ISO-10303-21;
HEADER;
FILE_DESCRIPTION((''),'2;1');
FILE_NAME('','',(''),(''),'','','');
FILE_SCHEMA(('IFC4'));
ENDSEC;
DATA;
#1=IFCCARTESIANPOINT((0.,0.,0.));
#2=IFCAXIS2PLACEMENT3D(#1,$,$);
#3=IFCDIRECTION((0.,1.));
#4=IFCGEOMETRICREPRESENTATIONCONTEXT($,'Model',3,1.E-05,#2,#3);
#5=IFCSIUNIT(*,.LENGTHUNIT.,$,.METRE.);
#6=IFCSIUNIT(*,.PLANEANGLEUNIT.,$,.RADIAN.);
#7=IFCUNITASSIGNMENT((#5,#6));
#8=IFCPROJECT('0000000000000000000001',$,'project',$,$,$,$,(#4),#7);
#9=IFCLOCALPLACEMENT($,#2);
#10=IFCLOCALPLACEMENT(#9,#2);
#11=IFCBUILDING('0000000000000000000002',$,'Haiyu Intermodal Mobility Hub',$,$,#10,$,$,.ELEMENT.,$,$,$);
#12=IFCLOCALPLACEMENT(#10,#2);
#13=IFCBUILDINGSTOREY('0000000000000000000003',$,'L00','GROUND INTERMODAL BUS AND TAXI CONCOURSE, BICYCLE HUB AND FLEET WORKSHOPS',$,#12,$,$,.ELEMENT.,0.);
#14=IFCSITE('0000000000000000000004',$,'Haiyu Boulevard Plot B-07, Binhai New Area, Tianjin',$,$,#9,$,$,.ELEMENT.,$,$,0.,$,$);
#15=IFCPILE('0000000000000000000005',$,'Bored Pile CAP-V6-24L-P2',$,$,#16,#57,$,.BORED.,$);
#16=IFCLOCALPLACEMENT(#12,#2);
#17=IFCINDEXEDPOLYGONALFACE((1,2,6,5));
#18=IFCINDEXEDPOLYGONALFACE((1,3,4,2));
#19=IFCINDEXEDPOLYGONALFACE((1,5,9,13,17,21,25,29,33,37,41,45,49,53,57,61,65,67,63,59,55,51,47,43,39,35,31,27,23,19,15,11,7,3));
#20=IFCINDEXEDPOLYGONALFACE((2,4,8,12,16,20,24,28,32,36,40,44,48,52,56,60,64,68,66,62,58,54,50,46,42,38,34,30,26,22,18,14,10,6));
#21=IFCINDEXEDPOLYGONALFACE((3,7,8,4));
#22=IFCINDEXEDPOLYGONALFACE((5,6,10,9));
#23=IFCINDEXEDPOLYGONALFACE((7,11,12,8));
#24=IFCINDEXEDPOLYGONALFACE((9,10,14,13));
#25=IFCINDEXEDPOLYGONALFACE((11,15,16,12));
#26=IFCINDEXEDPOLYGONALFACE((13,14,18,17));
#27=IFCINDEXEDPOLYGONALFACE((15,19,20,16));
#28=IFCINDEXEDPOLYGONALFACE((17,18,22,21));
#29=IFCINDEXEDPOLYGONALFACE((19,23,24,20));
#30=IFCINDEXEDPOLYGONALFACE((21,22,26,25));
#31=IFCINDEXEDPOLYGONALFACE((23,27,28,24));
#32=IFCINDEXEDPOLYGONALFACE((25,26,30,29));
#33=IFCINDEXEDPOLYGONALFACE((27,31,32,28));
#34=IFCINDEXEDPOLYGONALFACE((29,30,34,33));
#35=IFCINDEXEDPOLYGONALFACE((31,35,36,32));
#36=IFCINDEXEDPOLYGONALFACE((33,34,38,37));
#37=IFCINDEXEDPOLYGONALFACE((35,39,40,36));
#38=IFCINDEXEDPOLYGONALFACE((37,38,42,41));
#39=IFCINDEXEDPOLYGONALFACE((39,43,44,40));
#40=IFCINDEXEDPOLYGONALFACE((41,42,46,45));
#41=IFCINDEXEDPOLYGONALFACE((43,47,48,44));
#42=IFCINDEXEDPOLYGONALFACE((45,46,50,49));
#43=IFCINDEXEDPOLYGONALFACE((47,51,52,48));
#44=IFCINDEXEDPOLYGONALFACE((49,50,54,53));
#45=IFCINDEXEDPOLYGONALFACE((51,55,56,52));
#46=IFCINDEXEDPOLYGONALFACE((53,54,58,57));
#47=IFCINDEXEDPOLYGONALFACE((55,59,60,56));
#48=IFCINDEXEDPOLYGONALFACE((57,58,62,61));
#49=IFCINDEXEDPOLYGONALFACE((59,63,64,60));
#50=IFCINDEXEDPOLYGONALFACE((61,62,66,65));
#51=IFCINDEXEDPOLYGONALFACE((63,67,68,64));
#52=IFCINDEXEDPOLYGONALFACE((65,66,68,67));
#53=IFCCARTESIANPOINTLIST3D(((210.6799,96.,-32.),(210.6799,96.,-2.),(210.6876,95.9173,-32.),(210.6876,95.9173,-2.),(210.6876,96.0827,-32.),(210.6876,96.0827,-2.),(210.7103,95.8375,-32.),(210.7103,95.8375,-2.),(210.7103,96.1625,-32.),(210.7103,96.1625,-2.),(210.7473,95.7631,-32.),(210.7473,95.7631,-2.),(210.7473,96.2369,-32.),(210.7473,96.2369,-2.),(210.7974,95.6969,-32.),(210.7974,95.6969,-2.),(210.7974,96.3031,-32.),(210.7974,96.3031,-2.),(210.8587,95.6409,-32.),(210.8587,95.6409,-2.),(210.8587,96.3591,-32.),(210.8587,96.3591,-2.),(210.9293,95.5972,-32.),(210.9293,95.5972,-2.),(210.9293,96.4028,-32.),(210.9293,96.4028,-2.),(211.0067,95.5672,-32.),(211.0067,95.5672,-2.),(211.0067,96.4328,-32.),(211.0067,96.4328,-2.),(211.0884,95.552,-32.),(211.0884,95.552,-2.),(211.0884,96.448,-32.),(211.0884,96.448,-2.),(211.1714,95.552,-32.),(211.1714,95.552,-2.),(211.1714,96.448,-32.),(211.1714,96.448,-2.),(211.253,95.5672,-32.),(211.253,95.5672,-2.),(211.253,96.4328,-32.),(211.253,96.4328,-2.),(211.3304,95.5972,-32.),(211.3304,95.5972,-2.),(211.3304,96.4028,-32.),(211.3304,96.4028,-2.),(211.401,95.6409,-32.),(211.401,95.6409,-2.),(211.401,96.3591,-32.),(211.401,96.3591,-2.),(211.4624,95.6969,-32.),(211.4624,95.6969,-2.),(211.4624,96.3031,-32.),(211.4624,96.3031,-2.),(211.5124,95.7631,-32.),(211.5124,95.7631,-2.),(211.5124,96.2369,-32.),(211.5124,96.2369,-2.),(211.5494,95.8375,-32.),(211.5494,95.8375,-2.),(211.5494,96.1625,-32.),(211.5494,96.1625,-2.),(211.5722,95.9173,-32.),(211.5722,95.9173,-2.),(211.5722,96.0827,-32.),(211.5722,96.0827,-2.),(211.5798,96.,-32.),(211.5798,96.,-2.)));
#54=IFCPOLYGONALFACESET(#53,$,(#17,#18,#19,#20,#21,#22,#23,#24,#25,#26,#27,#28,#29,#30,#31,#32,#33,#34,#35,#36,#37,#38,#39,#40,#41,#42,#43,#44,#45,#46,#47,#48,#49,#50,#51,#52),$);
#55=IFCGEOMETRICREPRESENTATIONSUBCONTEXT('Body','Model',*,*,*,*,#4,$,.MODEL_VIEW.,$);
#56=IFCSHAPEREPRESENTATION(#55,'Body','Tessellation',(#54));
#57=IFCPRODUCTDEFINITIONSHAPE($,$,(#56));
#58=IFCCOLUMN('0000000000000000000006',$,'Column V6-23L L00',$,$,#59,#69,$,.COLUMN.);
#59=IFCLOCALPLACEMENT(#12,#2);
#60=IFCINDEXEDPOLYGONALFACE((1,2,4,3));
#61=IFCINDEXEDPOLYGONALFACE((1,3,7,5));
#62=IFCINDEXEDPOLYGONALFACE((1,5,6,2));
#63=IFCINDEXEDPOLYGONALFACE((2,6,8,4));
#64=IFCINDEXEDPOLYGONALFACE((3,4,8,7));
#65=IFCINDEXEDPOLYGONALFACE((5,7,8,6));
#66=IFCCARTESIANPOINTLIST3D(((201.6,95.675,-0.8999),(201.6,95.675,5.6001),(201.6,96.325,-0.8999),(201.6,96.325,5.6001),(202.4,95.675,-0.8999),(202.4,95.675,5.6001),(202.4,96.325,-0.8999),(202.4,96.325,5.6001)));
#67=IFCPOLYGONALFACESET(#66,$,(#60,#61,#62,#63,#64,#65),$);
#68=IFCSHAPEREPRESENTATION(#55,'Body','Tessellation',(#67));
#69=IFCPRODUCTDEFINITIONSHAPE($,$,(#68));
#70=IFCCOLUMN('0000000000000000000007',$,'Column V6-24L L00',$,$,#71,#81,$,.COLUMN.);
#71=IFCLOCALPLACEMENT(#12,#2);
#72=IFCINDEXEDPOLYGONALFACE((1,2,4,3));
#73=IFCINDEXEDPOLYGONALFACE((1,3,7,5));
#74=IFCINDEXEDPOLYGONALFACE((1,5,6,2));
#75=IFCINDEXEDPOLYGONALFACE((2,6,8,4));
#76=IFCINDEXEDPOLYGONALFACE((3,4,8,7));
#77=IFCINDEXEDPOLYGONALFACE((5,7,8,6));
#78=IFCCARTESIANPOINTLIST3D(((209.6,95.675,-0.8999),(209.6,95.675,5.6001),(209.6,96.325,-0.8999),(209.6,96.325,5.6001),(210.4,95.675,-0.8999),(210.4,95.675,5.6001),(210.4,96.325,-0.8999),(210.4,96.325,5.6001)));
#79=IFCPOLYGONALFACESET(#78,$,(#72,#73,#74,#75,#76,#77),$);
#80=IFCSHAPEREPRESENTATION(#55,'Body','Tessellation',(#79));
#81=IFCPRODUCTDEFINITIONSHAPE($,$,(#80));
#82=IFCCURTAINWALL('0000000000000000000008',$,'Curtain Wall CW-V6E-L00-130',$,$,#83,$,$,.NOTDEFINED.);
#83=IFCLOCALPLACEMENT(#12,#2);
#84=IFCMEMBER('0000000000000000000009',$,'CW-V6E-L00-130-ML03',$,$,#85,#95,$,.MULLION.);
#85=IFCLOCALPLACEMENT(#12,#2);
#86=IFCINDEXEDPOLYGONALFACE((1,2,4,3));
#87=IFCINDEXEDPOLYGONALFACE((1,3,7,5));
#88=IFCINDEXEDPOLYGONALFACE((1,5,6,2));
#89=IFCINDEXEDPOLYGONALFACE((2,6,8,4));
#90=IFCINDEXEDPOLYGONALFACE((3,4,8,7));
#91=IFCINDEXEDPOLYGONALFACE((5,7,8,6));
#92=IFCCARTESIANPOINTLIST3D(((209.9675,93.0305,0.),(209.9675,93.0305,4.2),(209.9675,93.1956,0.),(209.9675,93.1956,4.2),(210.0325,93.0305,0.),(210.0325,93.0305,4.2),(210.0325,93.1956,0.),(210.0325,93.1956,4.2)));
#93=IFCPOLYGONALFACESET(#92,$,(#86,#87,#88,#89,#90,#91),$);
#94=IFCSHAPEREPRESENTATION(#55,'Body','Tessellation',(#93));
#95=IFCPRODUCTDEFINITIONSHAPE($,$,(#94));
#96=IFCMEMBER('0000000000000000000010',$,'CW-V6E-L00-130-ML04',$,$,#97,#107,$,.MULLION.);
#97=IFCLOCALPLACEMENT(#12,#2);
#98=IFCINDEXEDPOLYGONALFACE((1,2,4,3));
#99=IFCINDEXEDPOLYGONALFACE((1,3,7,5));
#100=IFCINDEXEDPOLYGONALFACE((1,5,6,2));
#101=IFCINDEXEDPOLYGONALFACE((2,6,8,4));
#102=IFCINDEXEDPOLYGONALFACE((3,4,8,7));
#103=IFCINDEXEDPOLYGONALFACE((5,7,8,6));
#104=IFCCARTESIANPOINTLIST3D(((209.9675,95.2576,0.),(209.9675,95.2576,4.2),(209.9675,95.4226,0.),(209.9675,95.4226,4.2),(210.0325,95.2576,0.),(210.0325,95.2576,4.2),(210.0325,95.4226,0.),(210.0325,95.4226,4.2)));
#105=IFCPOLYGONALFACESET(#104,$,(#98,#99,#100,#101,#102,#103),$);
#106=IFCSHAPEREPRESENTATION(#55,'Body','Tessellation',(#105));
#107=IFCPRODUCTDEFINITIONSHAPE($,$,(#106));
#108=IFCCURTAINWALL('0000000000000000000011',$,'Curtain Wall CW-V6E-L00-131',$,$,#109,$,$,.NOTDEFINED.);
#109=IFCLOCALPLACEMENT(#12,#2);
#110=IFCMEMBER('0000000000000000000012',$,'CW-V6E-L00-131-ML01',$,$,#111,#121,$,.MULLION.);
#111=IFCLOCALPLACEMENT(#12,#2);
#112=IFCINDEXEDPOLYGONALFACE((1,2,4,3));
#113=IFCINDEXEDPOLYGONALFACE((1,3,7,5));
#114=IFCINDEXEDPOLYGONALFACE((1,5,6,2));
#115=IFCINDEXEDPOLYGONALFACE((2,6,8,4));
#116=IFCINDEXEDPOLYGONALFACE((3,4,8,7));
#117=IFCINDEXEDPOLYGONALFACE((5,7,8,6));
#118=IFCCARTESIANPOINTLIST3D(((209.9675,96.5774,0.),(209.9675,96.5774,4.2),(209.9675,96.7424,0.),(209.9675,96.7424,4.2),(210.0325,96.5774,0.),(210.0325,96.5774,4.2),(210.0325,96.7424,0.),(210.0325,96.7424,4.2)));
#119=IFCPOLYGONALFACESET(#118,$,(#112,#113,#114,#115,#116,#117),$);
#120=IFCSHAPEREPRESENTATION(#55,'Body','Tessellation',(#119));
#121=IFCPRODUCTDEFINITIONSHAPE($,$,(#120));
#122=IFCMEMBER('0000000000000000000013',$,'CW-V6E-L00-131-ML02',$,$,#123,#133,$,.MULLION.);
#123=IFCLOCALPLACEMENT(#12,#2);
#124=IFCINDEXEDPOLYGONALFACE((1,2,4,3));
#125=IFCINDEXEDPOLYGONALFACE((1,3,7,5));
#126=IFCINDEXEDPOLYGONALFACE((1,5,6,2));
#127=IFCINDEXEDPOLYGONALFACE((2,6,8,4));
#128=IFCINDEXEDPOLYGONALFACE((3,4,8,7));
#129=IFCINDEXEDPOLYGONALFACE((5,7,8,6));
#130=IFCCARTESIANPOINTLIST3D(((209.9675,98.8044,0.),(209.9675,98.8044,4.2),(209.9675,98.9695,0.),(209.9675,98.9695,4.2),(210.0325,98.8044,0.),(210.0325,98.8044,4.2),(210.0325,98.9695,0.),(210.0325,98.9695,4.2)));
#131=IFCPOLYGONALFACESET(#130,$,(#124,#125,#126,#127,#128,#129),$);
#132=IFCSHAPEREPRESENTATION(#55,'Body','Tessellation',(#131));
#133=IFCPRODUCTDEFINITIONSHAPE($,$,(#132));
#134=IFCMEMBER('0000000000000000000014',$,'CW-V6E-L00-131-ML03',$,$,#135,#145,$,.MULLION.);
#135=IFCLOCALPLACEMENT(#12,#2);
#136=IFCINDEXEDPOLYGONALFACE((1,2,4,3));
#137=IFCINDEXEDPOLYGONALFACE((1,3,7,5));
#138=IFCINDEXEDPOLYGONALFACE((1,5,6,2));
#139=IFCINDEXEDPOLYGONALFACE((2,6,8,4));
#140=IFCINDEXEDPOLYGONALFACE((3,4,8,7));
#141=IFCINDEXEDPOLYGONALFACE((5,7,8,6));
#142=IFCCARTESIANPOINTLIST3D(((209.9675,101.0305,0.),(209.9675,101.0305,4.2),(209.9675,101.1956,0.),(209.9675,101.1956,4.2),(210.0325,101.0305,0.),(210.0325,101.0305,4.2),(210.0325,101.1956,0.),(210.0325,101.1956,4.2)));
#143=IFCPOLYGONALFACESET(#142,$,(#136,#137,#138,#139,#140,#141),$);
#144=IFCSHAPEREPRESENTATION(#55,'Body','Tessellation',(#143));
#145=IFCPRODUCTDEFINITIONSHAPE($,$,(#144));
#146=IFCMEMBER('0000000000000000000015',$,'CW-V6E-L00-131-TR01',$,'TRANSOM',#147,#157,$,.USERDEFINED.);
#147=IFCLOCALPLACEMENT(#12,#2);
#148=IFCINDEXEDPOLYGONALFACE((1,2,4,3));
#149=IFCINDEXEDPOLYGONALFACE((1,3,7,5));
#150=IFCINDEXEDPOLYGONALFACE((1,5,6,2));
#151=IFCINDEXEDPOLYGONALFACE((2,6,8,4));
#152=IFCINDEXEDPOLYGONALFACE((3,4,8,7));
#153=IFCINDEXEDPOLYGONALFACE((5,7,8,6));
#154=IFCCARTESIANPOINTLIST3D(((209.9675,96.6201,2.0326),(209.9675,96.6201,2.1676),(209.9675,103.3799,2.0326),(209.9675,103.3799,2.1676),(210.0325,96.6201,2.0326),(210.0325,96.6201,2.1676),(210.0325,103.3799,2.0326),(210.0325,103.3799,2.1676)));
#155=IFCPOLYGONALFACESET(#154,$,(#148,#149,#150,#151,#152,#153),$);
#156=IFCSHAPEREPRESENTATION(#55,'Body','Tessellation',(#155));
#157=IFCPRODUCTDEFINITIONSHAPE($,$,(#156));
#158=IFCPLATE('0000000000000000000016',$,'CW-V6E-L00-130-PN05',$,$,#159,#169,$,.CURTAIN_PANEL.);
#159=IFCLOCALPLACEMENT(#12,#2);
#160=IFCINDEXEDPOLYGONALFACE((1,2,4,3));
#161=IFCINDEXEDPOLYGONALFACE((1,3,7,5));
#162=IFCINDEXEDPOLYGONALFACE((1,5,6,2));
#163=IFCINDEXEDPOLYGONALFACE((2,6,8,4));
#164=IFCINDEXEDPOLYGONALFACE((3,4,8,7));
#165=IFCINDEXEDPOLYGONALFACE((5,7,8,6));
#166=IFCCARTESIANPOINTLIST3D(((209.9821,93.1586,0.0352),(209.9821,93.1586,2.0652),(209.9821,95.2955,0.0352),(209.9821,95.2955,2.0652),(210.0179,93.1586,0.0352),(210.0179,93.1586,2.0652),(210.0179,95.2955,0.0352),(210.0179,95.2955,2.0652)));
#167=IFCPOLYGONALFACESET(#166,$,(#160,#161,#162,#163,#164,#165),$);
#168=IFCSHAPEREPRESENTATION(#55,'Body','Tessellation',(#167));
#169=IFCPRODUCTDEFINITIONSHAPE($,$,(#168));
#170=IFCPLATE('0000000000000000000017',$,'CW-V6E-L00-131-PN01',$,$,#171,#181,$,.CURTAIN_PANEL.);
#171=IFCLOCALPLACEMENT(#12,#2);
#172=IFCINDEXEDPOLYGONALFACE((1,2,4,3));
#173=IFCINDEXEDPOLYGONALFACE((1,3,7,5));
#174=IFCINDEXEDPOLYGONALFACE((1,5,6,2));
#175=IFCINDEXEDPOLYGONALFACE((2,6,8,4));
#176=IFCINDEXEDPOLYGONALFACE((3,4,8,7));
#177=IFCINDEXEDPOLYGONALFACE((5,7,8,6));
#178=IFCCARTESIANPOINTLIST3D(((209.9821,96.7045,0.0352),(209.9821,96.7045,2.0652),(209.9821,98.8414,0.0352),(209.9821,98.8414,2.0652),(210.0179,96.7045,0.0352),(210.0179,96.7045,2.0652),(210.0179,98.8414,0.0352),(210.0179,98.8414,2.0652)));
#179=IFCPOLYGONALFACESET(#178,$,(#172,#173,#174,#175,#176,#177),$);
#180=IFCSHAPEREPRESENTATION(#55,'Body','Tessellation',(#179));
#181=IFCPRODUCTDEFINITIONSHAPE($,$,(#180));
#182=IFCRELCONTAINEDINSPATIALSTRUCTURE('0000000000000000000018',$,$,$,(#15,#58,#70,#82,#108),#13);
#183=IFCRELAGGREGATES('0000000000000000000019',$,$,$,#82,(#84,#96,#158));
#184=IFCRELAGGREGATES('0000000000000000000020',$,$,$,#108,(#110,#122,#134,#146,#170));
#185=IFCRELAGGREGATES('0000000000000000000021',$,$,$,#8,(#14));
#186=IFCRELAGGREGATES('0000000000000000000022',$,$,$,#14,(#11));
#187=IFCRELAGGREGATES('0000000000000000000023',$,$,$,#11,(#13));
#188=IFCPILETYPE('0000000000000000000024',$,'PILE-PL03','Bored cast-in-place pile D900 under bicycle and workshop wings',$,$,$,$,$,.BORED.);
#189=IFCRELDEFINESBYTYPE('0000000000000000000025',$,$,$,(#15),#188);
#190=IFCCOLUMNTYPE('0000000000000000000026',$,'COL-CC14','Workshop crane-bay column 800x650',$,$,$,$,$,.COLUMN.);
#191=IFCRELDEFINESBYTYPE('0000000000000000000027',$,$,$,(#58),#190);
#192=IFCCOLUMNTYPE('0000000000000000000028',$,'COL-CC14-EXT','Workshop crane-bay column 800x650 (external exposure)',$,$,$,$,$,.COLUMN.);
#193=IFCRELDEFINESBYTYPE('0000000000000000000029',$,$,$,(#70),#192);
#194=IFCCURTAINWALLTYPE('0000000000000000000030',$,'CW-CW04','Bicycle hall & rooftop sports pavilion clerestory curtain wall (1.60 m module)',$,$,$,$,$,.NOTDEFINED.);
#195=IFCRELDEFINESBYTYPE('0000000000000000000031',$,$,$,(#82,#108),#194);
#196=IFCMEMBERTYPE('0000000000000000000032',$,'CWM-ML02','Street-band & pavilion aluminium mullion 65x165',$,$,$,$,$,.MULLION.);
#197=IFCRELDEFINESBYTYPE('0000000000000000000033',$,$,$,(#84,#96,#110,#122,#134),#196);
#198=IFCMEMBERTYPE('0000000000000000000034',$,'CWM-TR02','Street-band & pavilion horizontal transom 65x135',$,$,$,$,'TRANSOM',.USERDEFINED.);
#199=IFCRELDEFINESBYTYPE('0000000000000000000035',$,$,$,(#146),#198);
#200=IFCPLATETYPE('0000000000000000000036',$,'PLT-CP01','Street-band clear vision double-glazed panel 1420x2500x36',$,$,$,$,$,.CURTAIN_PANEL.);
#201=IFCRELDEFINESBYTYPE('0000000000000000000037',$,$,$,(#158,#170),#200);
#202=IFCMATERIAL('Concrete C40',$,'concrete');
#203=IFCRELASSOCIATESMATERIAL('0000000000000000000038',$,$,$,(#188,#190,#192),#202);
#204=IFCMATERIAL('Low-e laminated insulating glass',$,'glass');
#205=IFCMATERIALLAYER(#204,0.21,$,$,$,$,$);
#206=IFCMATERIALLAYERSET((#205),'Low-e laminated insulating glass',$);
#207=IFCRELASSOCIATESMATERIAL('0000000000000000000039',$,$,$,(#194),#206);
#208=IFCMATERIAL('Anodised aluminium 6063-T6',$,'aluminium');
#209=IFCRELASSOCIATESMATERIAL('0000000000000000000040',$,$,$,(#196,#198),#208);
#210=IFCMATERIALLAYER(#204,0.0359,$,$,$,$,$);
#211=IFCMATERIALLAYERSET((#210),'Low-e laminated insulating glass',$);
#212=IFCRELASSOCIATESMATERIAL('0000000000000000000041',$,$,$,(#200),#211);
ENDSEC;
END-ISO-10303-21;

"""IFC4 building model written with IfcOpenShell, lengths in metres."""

from ifc_helpers import new_model, si_unit, direction, frame, origin, origin_2d, place, context, subcontext, project, spatial, rectangle, circle, extrude, material, layer, layer_set, material_profile, profile_set, type_object, element, aggregate, save


model = new_model("IFC4")

# Units and contexts
model_context = context("Model", 3, precision=1e-05, world=origin(), true_north=direction((0.0, 1.0)))
body_context = subcontext(model_context, "Body", "Model", "MODEL_VIEW")
ifc_project = project(units=[si_unit("LENGTHUNIT", "METRE"), si_unit("PLANEANGLEUNIT", "RADIAN")], contexts=[model_context])

# Site, building, storey
site_placement = place(None, origin())
site = spatial("IfcSite", under=ifc_project, at=site_placement, Name="Haiyu Boulevard Plot B-07, Binhai New Area, Tianjin", CompositionType="ELEMENT", RefElevation=0.0)
building_placement = place(site_placement, origin())
building = spatial("IfcBuilding", under=site, at=building_placement, Name="Haiyu Intermodal Mobility Hub", CompositionType="ELEMENT")
storey_placement = place(building_placement, origin())
storey = spatial("IfcBuildingStorey", under=building, at=storey_placement, Name="L00", Description="GROUND INTERMODAL BUS AND TAXI CONCOURSE, BICYCLE HUB AND FLEET WORKSHOPS", CompositionType="ELEMENT", Elevation=0.0)

# Shared definitions
ifc_material_1 = material(Name="Concrete C40", Category="concrete")

# Pile
ifc_material_profile_1 = material_profile(ifc_material_1, circle(Radius=0.45, at=origin_2d()), Name="PILE-D900")
ifc_profile_set_1 = profile_set([ifc_material_profile_1], Name="Concrete C40")
pile_type = type_object("IfcPileType", Name="PILE-PL03", Description="Bored cast-in-place pile D900 under bicycle and workshop wings", PredefinedType="BORED", material=ifc_profile_set_1)
for number, where, z_axis, x_axis, name in (
    (1, (211.1299, 96.0, -2.0), (0.0, 0.0, -1.0), (1.0, 0.0, 0.0), "Bored Pile CAP-V6-24L-P2"),
):
    element("IfcPile", number, at=place(storey_placement, frame(where, z_axis=z_axis, x_axis=x_axis)), inside=storey, type_object=pile_type, Name=name, PredefinedType="BORED", context=body_context, shape_type="SweptSolid", body=[
        extrude(circle(Radius=0.45, at=origin_2d()), origin(), (0.0, 0.0, 1.0), 30.0),
    ])

# Columns
ifc_material_profile_2 = material_profile(ifc_material_1, rectangle(XDim=0.8, YDim=0.6499, at=origin_2d()), Name="C800x650")
ifc_profile_set_2 = profile_set([ifc_material_profile_2], Name="Concrete C40")
column_type_1 = type_object("IfcColumnType", Name="COL-CC14", Description="Workshop crane-bay column 800x650", PredefinedType="COLUMN", material=ifc_profile_set_2)
column_1_placement = place(storey_placement, frame((202.0, 96.0, -0.8999), z_axis=(0.0, 0.0, 1.0), x_axis=(1.0, 0.0, 0.0)))
element("IfcColumn", 2, at=column_1_placement, inside=storey, type_object=column_type_1, Name="Column V6-23L L00", PredefinedType="COLUMN", context=body_context, shape_type="SweptSolid", body=[
    extrude(rectangle(XDim=0.8, YDim=0.6499, at=origin_2d()), origin(), (0.0, 0.0, 1.0), 6.5),
])
ifc_material_profile_3 = material_profile(ifc_material_1, rectangle(XDim=0.8, YDim=0.6499, at=origin_2d()), Name="C800x650")
ifc_profile_set_3 = profile_set([ifc_material_profile_3], Name="Concrete C40")
column_type_2 = type_object("IfcColumnType", Name="COL-CC14-EXT", Description="Workshop crane-bay column 800x650 (external exposure)", PredefinedType="COLUMN", material=ifc_profile_set_3)
column_2_placement = place(storey_placement, frame((210.0, 96.0, -0.8999), z_axis=(0.0, 0.0, 1.0), x_axis=(1.0, 0.0, 0.0)))
element("IfcColumn", 3, at=column_2_placement, inside=storey, type_object=column_type_2, Name="Column V6-24L L00", PredefinedType="COLUMN", context=body_context, shape_type="SweptSolid", body=[
    extrude(rectangle(XDim=0.8, YDim=0.6499, at=origin_2d()), origin(), (0.0, 0.0, 1.0), 6.5),
])

# Curtain walls, members
ifc_material_2 = material(Name="Low-e laminated insulating glass", Category="glass")
ifc_layer_1 = layer(ifc_material_2, 0.21)
ifc_layer_set_1 = layer_set([ifc_layer_1], Name="Low-e laminated insulating glass")
curtain_wall_type = type_object("IfcCurtainWallType", Name="CW-CW04", Description="Bicycle hall & rooftop sports pavilion clerestory curtain wall (1.60 m module)", PredefinedType="NOTDEFINED", material=ifc_layer_set_1)
curtain_wall_1_placement = place(storey_placement, origin())
curtain_wall_1 = element("IfcCurtainWall", 4, at=curtain_wall_1_placement, inside=storey, type_object=curtain_wall_type, Name="Curtain Wall CW-V6E-L00-130", PredefinedType="NOTDEFINED")
ifc_material_3 = material(Name="Anodised aluminium 6063-T6", Category="aluminium")
ifc_material_profile_4 = material_profile(ifc_material_3, rectangle(XDim=0.0649, YDim=0.165, at=origin_2d()), Name="ALU65x165")
ifc_profile_set_4 = profile_set([ifc_material_profile_4], Name="Anodised aluminium 6063-T6")
member_type_1 = type_object("IfcMemberType", Name="CWM-ML02", Description="Street-band & pavilion aluminium mullion 65x165", PredefinedType="MULLION", material=ifc_profile_set_4)
member_1_placement = place(storey_placement, frame((210.0, 93.113, 0.0), z_axis=(0.0, 0.0, 1.0), x_axis=(1.0, 0.0, 0.0)))
member_1 = element("IfcMember", 5, at=member_1_placement, type_object=member_type_1, Name="CW-V6E-L00-130-ML03", PredefinedType="MULLION", context=body_context, shape_type="SweptSolid", body=[
    extrude(rectangle(XDim=0.0649, YDim=0.165, at=origin_2d()), origin(), (0.0, 0.0, 1.0), 4.2),
])
member_2_placement = place(storey_placement, frame((210.0, 95.3401, 0.0), z_axis=(0.0, 0.0, 1.0), x_axis=(1.0, 0.0, 0.0)))
member_2 = element("IfcMember", 6, at=member_2_placement, type_object=member_type_1, Name="CW-V6E-L00-130-ML04", PredefinedType="MULLION", context=body_context, shape_type="SweptSolid", body=[
    extrude(rectangle(XDim=0.0649, YDim=0.165, at=origin_2d()), origin(), (0.0, 0.0, 1.0), 4.2),
])
curtain_wall_2_placement = place(storey_placement, origin())
curtain_wall_2 = element("IfcCurtainWall", 7, at=curtain_wall_2_placement, inside=storey, type_object=curtain_wall_type, Name="Curtain Wall CW-V6E-L00-131", PredefinedType="NOTDEFINED")
member_3_placement = place(storey_placement, frame((210.0, 96.6599, 0.0), z_axis=(0.0, 0.0, 1.0), x_axis=(1.0, 0.0, 0.0)))
member_3 = element("IfcMember", 8, at=member_3_placement, type_object=member_type_1, Name="CW-V6E-L00-131-ML01", PredefinedType="MULLION", context=body_context, shape_type="SweptSolid", body=[
    extrude(rectangle(XDim=0.0649, YDim=0.165, at=origin_2d()), origin(), (0.0, 0.0, 1.0), 4.2),
])
member_4_placement = place(storey_placement, frame((210.0, 98.887, 0.0), z_axis=(0.0, 0.0, 1.0), x_axis=(1.0, 0.0, 0.0)))
member_4 = element("IfcMember", 9, at=member_4_placement, type_object=member_type_1, Name="CW-V6E-L00-131-ML02", PredefinedType="MULLION", context=body_context, shape_type="SweptSolid", body=[
    extrude(rectangle(XDim=0.0649, YDim=0.165, at=origin_2d()), origin(), (0.0, 0.0, 1.0), 4.2),
])
member_5_placement = place(storey_placement, frame((210.0, 101.113, 0.0), z_axis=(0.0, 0.0, 1.0), x_axis=(1.0, 0.0, 0.0)))
member_5 = element("IfcMember", 10, at=member_5_placement, type_object=member_type_1, Name="CW-V6E-L00-131-ML03", PredefinedType="MULLION", context=body_context, shape_type="SweptSolid", body=[
    extrude(rectangle(XDim=0.0649, YDim=0.165, at=origin_2d()), origin(), (0.0, 0.0, 1.0), 4.2),
])
ifc_material_profile_5 = material_profile(ifc_material_3, rectangle(XDim=0.0649, YDim=0.135, at=origin_2d()), Name="ALU65x135")
ifc_profile_set_5 = profile_set([ifc_material_profile_5], Name="Anodised aluminium 6063-T6")
member_type_2 = type_object("IfcMemberType", Name="CWM-TR02", Description="Street-band & pavilion horizontal transom 65x135", ElementType="TRANSOM", PredefinedType="USERDEFINED", material=ifc_profile_set_5)
member_6_placement = place(storey_placement, frame((210.0, 96.6201, 2.1001), z_axis=(0.0, 1.0, 0.0), x_axis=(-1.0, 0.0, 0.0)))
member_6 = element("IfcMember", 11, at=member_6_placement, type_object=member_type_2, Name="CW-V6E-L00-131-TR01", ObjectType="TRANSOM", PredefinedType="USERDEFINED", context=body_context, shape_type="SweptSolid", body=[
    extrude(rectangle(XDim=0.0649, YDim=0.135, at=origin_2d()), origin(), (0.0, 0.0, 1.0), 6.7598),
])

# Plates
ifc_layer_2 = layer(ifc_material_2, 0.0359)
ifc_layer_set_2 = layer_set([ifc_layer_2], Name="Low-e laminated insulating glass")
plate_type_1 = type_object("IfcPlateType", Name="PLT-CP01", Description="Street-band clear vision double-glazed panel 1420x2500x36", PredefinedType="CURTAIN_PANEL", material=ifc_layer_set_2)
plate_1_placement = place(storey_placement, frame((210.0, 94.2271, 0.0352), z_axis=(0.0, 0.0, 1.0), x_axis=(0.0, 1.0, 0.0)))
plate_1 = element("IfcPlate", 12, at=plate_1_placement, type_object=plate_type_1, Name="CW-V6E-L00-130-PN05", PredefinedType="CURTAIN_PANEL", context=body_context, shape_type="SweptSolid", body=[
    extrude(rectangle(XDim=2.137, YDim=0.0359, at=origin_2d()), origin(), (0.0, 0.0, 1.0), 2.03),
])
plate_2_placement = place(storey_placement, frame((210.0, 97.7729, 0.0352), z_axis=(0.0, 0.0, 1.0), x_axis=(0.0, 1.0, 0.0)))
plate_2 = element("IfcPlate", 13, at=plate_2_placement, type_object=plate_type_1, Name="CW-V6E-L00-131-PN01", PredefinedType="CURTAIN_PANEL", context=body_context, shape_type="SweptSolid", body=[
    extrude(rectangle(XDim=2.137, YDim=0.0359, at=origin_2d()), origin(), (0.0, 0.0, 1.0), 2.03),
])
aggregate(curtain_wall_1, [member_1, member_2, plate_1])
aggregate(curtain_wall_2, [member_3, member_4, member_5, member_6, plate_2])

save(model, "model.ifc")
